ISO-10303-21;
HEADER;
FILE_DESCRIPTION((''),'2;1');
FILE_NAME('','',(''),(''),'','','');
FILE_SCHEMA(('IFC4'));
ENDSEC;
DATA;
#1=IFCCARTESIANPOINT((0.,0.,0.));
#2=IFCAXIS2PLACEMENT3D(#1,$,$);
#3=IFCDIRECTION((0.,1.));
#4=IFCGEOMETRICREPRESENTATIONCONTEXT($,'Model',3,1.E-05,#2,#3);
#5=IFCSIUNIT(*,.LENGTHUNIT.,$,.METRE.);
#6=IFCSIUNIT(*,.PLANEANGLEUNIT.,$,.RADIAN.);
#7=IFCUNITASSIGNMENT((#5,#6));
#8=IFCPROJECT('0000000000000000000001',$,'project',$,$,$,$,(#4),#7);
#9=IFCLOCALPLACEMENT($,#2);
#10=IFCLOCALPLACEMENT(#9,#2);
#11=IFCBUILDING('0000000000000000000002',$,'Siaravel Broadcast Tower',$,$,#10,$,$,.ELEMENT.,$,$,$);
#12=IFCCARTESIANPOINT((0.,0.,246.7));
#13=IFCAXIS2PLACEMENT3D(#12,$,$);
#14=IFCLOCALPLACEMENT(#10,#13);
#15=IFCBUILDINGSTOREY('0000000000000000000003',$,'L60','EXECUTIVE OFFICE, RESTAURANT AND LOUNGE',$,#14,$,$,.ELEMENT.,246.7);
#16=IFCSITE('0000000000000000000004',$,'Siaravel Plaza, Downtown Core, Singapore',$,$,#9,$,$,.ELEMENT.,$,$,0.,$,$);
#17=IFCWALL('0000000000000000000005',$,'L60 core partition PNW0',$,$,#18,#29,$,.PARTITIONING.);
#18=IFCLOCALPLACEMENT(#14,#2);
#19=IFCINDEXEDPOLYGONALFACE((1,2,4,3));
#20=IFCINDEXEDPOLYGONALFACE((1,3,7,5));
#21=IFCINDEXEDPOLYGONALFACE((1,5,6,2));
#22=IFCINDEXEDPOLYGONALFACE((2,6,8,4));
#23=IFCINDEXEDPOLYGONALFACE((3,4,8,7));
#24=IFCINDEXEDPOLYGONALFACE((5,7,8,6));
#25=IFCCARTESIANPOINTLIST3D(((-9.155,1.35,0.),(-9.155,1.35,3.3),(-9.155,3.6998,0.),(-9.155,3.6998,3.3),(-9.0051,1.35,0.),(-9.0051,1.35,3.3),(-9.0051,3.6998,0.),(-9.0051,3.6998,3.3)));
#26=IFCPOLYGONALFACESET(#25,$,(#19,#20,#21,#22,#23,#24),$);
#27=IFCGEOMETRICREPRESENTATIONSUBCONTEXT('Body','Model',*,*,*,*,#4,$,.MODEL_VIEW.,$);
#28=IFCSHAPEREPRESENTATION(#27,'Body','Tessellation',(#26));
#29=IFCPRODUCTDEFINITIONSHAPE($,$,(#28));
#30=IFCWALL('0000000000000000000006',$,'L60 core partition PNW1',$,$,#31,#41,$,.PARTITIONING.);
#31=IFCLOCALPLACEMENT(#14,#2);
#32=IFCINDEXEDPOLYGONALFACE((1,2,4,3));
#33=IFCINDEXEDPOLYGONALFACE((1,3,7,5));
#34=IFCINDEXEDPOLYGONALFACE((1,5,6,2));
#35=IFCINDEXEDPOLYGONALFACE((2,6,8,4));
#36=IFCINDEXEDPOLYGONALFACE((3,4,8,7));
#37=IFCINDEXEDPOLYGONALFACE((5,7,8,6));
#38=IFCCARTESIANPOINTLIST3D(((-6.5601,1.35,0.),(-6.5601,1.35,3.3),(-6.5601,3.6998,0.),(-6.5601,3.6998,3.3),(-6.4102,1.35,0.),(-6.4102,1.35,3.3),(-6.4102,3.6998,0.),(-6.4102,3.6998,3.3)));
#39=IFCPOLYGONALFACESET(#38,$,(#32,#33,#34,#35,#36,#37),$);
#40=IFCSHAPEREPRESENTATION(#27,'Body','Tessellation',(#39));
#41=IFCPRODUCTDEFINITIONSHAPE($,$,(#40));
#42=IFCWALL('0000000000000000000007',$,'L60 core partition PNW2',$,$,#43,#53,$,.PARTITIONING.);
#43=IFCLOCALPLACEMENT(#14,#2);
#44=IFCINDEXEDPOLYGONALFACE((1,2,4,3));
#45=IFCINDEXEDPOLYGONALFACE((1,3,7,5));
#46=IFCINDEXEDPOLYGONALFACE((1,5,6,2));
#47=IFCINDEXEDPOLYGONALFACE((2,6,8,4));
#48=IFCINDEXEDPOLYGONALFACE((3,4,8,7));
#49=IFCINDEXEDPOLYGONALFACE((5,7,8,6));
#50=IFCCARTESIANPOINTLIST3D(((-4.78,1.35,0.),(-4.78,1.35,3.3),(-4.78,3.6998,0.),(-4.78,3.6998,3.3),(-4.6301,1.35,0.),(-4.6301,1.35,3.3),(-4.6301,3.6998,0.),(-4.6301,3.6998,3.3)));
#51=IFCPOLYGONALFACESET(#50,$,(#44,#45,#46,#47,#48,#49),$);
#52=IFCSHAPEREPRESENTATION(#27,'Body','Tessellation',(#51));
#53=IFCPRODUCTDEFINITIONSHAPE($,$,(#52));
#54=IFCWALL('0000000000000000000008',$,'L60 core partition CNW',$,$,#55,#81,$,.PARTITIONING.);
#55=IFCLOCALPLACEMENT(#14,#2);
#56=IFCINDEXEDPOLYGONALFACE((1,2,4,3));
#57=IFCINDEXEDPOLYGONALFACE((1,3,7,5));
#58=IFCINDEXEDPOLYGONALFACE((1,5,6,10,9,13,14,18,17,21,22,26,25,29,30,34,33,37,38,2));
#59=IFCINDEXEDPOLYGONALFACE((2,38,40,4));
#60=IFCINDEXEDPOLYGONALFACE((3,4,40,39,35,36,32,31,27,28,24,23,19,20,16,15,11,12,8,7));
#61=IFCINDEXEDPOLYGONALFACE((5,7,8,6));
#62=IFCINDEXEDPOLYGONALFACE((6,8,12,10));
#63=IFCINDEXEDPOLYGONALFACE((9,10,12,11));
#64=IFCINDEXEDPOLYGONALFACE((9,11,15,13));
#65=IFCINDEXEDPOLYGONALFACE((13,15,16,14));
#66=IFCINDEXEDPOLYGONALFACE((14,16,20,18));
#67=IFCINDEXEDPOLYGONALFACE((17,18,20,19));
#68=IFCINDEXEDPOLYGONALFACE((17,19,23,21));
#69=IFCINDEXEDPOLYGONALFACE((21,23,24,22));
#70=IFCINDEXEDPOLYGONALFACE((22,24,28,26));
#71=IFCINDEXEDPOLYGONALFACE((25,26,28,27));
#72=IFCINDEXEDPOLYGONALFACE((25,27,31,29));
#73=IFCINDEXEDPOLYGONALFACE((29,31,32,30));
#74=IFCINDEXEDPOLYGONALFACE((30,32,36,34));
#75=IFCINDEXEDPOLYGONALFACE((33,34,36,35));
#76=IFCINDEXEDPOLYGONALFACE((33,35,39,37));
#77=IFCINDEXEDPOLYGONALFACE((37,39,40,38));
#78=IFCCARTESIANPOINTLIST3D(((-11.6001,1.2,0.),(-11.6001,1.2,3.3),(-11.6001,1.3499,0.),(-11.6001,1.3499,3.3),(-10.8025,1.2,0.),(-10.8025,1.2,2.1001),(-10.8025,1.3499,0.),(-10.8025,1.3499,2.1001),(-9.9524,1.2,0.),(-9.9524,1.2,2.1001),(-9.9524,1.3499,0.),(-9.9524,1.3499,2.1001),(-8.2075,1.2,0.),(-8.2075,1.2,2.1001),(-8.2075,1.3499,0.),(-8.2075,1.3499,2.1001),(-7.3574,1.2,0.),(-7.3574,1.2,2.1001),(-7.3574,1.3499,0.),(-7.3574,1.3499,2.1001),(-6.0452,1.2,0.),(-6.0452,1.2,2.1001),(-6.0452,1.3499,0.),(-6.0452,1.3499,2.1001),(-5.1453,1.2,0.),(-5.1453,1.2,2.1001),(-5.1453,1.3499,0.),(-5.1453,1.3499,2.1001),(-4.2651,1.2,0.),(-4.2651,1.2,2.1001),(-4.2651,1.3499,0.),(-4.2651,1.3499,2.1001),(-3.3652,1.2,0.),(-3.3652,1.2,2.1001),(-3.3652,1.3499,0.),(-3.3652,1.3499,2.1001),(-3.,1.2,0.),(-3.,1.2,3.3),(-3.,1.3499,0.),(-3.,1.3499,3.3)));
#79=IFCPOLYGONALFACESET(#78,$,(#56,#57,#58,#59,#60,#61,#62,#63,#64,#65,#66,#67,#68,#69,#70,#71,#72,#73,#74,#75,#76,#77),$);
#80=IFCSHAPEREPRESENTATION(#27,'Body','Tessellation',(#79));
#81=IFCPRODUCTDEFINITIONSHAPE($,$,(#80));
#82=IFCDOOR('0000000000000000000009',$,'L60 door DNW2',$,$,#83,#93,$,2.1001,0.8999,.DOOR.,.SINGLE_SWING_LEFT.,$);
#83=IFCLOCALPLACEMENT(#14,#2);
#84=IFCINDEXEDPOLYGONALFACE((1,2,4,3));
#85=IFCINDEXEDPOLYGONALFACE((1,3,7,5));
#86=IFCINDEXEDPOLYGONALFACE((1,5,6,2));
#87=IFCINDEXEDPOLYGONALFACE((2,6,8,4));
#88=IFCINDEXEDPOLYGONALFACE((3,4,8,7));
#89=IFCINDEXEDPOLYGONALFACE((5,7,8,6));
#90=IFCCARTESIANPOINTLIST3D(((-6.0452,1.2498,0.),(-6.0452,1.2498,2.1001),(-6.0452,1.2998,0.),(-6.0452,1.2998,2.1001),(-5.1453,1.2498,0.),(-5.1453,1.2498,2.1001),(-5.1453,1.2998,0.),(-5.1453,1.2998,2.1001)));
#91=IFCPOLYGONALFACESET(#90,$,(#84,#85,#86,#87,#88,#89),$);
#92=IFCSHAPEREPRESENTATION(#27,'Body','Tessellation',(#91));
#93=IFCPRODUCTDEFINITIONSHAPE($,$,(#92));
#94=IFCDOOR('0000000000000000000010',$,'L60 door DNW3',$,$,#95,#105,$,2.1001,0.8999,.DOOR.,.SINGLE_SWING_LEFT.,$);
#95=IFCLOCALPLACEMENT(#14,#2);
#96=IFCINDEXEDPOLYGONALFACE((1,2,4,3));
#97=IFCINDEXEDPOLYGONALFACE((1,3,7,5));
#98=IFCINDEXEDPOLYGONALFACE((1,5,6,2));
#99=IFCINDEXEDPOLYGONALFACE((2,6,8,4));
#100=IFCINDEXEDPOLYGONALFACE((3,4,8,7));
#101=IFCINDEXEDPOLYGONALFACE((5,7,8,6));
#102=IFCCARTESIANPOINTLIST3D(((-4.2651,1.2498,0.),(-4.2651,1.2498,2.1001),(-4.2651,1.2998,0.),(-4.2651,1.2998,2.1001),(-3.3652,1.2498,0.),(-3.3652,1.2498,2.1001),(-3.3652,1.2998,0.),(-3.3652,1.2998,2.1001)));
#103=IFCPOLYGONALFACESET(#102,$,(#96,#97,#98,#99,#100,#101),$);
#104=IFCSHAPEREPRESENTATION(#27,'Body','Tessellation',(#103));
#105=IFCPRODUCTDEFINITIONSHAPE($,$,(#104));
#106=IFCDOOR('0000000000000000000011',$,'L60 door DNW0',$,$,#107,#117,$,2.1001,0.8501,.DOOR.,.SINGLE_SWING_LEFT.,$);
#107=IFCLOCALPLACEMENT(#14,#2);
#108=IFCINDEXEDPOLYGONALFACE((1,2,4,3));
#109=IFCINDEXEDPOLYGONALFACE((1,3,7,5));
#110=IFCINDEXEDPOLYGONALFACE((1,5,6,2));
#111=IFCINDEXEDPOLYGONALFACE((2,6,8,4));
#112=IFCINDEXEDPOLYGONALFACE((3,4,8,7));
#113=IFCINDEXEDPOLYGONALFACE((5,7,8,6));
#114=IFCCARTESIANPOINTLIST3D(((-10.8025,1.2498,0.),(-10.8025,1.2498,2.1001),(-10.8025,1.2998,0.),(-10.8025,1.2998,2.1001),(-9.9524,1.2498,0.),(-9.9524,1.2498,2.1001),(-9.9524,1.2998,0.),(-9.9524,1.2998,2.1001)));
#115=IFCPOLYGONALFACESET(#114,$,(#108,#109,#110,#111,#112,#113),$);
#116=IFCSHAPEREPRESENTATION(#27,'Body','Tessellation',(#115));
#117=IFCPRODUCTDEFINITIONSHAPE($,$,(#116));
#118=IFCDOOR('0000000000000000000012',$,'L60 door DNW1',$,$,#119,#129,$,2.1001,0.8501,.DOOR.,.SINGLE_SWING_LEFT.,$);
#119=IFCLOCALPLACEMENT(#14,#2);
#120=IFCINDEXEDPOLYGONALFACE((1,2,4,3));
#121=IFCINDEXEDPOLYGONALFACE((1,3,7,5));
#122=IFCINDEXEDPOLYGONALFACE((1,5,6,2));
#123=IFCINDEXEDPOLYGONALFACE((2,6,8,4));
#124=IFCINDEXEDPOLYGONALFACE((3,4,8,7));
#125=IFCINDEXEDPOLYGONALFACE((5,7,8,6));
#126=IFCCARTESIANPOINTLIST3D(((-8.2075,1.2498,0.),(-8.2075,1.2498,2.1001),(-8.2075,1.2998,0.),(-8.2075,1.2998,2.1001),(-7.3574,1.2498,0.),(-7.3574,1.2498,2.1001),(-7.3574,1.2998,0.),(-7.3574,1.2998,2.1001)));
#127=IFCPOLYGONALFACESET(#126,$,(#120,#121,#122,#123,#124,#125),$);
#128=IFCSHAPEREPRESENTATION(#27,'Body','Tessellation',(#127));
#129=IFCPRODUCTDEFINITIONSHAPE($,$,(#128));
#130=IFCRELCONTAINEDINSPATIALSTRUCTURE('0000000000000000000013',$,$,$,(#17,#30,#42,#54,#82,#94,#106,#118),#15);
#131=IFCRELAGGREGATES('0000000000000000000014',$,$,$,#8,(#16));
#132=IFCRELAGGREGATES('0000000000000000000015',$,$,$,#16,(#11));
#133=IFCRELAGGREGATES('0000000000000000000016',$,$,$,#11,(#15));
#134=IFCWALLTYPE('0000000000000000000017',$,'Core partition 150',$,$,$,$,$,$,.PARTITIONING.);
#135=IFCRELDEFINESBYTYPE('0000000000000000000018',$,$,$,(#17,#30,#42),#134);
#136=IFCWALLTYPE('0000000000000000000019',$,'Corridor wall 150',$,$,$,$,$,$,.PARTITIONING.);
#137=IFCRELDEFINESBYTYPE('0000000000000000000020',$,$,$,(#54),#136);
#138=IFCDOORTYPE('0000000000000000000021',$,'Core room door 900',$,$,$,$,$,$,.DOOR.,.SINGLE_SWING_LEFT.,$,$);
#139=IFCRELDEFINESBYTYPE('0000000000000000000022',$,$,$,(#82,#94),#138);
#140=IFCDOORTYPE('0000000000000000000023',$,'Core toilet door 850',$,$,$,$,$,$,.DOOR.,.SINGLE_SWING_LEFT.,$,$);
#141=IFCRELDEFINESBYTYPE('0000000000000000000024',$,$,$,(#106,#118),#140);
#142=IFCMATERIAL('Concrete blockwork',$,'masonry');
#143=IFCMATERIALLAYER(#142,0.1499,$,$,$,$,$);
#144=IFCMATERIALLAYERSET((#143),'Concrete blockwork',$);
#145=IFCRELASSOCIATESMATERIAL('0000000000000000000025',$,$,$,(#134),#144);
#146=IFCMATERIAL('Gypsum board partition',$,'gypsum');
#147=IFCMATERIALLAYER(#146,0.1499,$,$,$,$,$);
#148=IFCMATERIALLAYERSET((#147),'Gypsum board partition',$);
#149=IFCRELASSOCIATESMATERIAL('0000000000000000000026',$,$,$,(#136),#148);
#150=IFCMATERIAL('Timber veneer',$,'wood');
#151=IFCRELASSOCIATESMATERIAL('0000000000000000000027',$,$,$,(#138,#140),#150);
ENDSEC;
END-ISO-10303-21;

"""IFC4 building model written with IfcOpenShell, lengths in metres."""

from ifc_helpers import new_model, si_unit, direction, frame, frame_2d, origin, place, context, subcontext, project, spatial, rectangle, extrude, material, layer, layer_set, type_object, element, fill, save


model = new_model("IFC4")

# Units and contexts
model_context = context("Model", 3, precision=1e-05, world=origin(), true_north=direction((0.0, 1.0)))
body_context = subcontext(model_context, "Body", "Model", "MODEL_VIEW")
ifc_project = project(units=[si_unit("LENGTHUNIT", "METRE"), si_unit("PLANEANGLEUNIT", "RADIAN")], contexts=[model_context])

# Site, building, storey
site_placement = place(None, origin())
site = spatial("IfcSite", under=ifc_project, at=site_placement, Name="Siaravel Plaza, Downtown Core, Singapore", CompositionType="ELEMENT", RefElevation=0.0)
building_placement = place(site_placement, origin())
building = spatial("IfcBuilding", under=site, at=building_placement, Name="Siaravel Broadcast Tower", CompositionType="ELEMENT")
storey_placement = place(building_placement, frame((0.0, 0.0, 246.7)))
storey = spatial("IfcBuildingStorey", under=building, at=storey_placement, Name="L60", Description="EXECUTIVE OFFICE, RESTAURANT AND LOUNGE", CompositionType="ELEMENT", Elevation=246.7)

# Walls
ifc_material_1 = material(Name="Concrete blockwork", Category="masonry")
ifc_layer_1 = layer(ifc_material_1, 0.1499)
ifc_layer_set_1 = layer_set([ifc_layer_1], Name="Concrete blockwork")
wall_type_1 = type_object("IfcWallType", Name="Core partition 150", PredefinedType="PARTITIONING", material=ifc_layer_set_1)
for number, where, z_axis, x_axis, name in (
    (1, (-9.0801, 1.3501, 0.0), (0.0, 0.0, 1.0), (0.0, 1.0, 0.0), "L60 core partition PNW0"),
    (2, (-6.4851, 1.3501, 0.0), (0.0, 0.0, 1.0), (0.0, 1.0, 0.0), "L60 core partition PNW1"),
    (3, (-4.7051, 1.3501, 0.0), (0.0, 0.0, 1.0), (0.0, 1.0, 0.0), "L60 core partition PNW2"),
):
    element("IfcWall", number, at=place(storey_placement, frame(where, z_axis=z_axis, x_axis=x_axis)), inside=storey, type_object=wall_type_1, Name=name, PredefinedType="PARTITIONING", context=body_context, shape_type="SweptSolid", body=[
        extrude(rectangle(XDim=2.3499, YDim=0.1499, at=frame_2d((1.1748, 0.0))), origin(), (0.0, 0.0, 1.0), 3.3),
    ])

# Wall, openings, doors
ifc_material_2 = material(Name="Gypsum board partition", Category="gypsum")
ifc_layer_2 = layer(ifc_material_2, 0.1499)
ifc_layer_set_2 = layer_set([ifc_layer_2], Name="Gypsum board partition")
wall_type_2 = type_object("IfcWallType", Name="Corridor wall 150", PredefinedType="PARTITIONING", material=ifc_layer_set_2)
wall_1_placement = place(storey_placement, frame((-11.6001, 1.2749, 0.0), z_axis=(0.0, 0.0, 1.0), x_axis=(1.0, 0.0, 0.0)))
wall_1 = element("IfcWall", 4, at=wall_1_placement, inside=storey, type_object=wall_type_2, Name="L60 core partition CNW", PredefinedType="PARTITIONING", context=body_context, shape_type="SweptSolid", body=[
    extrude(rectangle(XDim=8.6001, YDim=0.1499, at=frame_2d((4.3, 0.0))), origin(), (0.0, 0.0, 1.0), 3.3),
])
opening_1_placement = place(wall_1_placement, frame((0.7976, 0.0, 0.0)))
opening_1 = element("IfcOpeningElement", 5, at=opening_1_placement, cuts=wall_1, PredefinedType="OPENING", context=body_context, shape_type="SweptSolid", body=[
    extrude(rectangle(XDim=0.8501, YDim=2.1001, at=frame_2d((0.425, 1.05))), frame((0.0, 0.085, 0.0), z_axis=(0.0, -1.0, 0.0), x_axis=(1.0, 0.0, 0.0)), (0.0, 0.0, 1.0), 0.1699),
])
opening_2_placement = place(wall_1_placement, frame((3.3926, 0.0, 0.0)))
opening_2 = element("IfcOpeningElement", 6, at=opening_2_placement, cuts=wall_1, PredefinedType="OPENING", context=body_context, shape_type="SweptSolid", body=[
    extrude(rectangle(XDim=0.8501, YDim=2.1001, at=frame_2d((0.425, 1.05))), frame((0.0, 0.085, 0.0), z_axis=(0.0, -1.0, 0.0), x_axis=(1.0, 0.0, 0.0)), (0.0, 0.0, 1.0), 0.1699),
])
opening_3_placement = place(wall_1_placement, frame((5.5549, 0.0, 0.0)))
opening_3 = element("IfcOpeningElement", 7, at=opening_3_placement, cuts=wall_1, PredefinedType="OPENING", context=body_context, shape_type="SweptSolid", body=[
    extrude(rectangle(XDim=0.8999, YDim=2.1001, at=frame_2d((0.45, 1.05))), frame((0.0, 0.085, 0.0), z_axis=(0.0, -1.0, 0.0), x_axis=(1.0, 0.0, 0.0)), (0.0, 0.0, 1.0), 0.1699),
])
opening_4_placement = place(wall_1_placement, frame((7.335, 0.0, 0.0)))
opening_4 = element("IfcOpeningElement", 8, at=opening_4_placement, cuts=wall_1, PredefinedType="OPENING", context=body_context, shape_type="SweptSolid", body=[
    extrude(rectangle(XDim=0.8999, YDim=2.1001, at=frame_2d((0.45, 1.05))), frame((0.0, 0.085, 0.0), z_axis=(0.0, -1.0, 0.0), x_axis=(1.0, 0.0, 0.0)), (0.0, 0.0, 1.0), 0.1699),
])
ifc_material_3 = material(Name="Timber veneer", Category="wood")
door_type_1 = type_object("IfcDoorType", Name="Core room door 900", OperationType="SINGLE_SWING_LEFT", PredefinedType="DOOR", material=ifc_material_3)
door_1_placement = place(opening_3_placement, origin())
door_1 = element("IfcDoor", 9, at=door_1_placement, inside=storey, type_object=door_type_1, Name="L60 door DNW2", OperationType="SINGLE_SWING_LEFT", OverallHeight=2.1001, OverallWidth=0.8999, PredefinedType="DOOR", context=body_context, shape_type="SweptSolid", body=[
    extrude(rectangle(XDim=0.8999, YDim=2.1001, at=frame_2d((0.45, 1.05))), frame((0.0, 0.0249, 0.0), z_axis=(0.0, -1.0, 0.0), x_axis=(1.0, 0.0, 0.0)), (0.0, 0.0, 1.0), 0.05),
])
fill(opening_3, door_1)
door_2_placement = place(opening_4_placement, origin())
door_2 = element("IfcDoor", 10, at=door_2_placement, inside=storey, type_object=door_type_1, Name="L60 door DNW3", OperationType="SINGLE_SWING_LEFT", OverallHeight=2.1001, OverallWidth=0.8999, PredefinedType="DOOR", context=body_context, shape_type="SweptSolid", body=[
    extrude(rectangle(XDim=0.8999, YDim=2.1001, at=frame_2d((0.45, 1.05))), frame((0.0, 0.0249, 0.0), z_axis=(0.0, -1.0, 0.0), x_axis=(1.0, 0.0, 0.0)), (0.0, 0.0, 1.0), 0.05),
])
fill(opening_4, door_2)
door_type_2 = type_object("IfcDoorType", Name="Core toilet door 850", OperationType="SINGLE_SWING_LEFT", PredefinedType="DOOR", material=ifc_material_3)
door_3_placement = place(opening_1_placement, origin())
door_3 = element("IfcDoor", 11, at=door_3_placement, inside=storey, type_object=door_type_2, Name="L60 door DNW0", OperationType="SINGLE_SWING_LEFT", OverallHeight=2.1001, OverallWidth=0.8501, PredefinedType="DOOR", context=body_context, shape_type="SweptSolid", body=[
    extrude(rectangle(XDim=0.8501, YDim=2.1001, at=frame_2d((0.425, 1.05))), frame((0.0, 0.0249, 0.0), z_axis=(0.0, -1.0, 0.0), x_axis=(1.0, 0.0, 0.0)), (0.0, 0.0, 1.0), 0.05),
])
fill(opening_1, door_3)
door_4_placement = place(opening_2_placement, origin())
door_4 = element("IfcDoor", 12, at=door_4_placement, inside=storey, type_object=door_type_2, Name="L60 door DNW1", OperationType="SINGLE_SWING_LEFT", OverallHeight=2.1001, OverallWidth=0.8501, PredefinedType="DOOR", context=body_context, shape_type="SweptSolid", body=[
    extrude(rectangle(XDim=0.8501, YDim=2.1001, at=frame_2d((0.425, 1.05))), frame((0.0, 0.0249, 0.0), z_axis=(0.0, -1.0, 0.0), x_axis=(1.0, 0.0, 0.0)), (0.0, 0.0, 1.0), 0.05),
])
fill(opening_2, door_4)

save(model, "model.ifc")
